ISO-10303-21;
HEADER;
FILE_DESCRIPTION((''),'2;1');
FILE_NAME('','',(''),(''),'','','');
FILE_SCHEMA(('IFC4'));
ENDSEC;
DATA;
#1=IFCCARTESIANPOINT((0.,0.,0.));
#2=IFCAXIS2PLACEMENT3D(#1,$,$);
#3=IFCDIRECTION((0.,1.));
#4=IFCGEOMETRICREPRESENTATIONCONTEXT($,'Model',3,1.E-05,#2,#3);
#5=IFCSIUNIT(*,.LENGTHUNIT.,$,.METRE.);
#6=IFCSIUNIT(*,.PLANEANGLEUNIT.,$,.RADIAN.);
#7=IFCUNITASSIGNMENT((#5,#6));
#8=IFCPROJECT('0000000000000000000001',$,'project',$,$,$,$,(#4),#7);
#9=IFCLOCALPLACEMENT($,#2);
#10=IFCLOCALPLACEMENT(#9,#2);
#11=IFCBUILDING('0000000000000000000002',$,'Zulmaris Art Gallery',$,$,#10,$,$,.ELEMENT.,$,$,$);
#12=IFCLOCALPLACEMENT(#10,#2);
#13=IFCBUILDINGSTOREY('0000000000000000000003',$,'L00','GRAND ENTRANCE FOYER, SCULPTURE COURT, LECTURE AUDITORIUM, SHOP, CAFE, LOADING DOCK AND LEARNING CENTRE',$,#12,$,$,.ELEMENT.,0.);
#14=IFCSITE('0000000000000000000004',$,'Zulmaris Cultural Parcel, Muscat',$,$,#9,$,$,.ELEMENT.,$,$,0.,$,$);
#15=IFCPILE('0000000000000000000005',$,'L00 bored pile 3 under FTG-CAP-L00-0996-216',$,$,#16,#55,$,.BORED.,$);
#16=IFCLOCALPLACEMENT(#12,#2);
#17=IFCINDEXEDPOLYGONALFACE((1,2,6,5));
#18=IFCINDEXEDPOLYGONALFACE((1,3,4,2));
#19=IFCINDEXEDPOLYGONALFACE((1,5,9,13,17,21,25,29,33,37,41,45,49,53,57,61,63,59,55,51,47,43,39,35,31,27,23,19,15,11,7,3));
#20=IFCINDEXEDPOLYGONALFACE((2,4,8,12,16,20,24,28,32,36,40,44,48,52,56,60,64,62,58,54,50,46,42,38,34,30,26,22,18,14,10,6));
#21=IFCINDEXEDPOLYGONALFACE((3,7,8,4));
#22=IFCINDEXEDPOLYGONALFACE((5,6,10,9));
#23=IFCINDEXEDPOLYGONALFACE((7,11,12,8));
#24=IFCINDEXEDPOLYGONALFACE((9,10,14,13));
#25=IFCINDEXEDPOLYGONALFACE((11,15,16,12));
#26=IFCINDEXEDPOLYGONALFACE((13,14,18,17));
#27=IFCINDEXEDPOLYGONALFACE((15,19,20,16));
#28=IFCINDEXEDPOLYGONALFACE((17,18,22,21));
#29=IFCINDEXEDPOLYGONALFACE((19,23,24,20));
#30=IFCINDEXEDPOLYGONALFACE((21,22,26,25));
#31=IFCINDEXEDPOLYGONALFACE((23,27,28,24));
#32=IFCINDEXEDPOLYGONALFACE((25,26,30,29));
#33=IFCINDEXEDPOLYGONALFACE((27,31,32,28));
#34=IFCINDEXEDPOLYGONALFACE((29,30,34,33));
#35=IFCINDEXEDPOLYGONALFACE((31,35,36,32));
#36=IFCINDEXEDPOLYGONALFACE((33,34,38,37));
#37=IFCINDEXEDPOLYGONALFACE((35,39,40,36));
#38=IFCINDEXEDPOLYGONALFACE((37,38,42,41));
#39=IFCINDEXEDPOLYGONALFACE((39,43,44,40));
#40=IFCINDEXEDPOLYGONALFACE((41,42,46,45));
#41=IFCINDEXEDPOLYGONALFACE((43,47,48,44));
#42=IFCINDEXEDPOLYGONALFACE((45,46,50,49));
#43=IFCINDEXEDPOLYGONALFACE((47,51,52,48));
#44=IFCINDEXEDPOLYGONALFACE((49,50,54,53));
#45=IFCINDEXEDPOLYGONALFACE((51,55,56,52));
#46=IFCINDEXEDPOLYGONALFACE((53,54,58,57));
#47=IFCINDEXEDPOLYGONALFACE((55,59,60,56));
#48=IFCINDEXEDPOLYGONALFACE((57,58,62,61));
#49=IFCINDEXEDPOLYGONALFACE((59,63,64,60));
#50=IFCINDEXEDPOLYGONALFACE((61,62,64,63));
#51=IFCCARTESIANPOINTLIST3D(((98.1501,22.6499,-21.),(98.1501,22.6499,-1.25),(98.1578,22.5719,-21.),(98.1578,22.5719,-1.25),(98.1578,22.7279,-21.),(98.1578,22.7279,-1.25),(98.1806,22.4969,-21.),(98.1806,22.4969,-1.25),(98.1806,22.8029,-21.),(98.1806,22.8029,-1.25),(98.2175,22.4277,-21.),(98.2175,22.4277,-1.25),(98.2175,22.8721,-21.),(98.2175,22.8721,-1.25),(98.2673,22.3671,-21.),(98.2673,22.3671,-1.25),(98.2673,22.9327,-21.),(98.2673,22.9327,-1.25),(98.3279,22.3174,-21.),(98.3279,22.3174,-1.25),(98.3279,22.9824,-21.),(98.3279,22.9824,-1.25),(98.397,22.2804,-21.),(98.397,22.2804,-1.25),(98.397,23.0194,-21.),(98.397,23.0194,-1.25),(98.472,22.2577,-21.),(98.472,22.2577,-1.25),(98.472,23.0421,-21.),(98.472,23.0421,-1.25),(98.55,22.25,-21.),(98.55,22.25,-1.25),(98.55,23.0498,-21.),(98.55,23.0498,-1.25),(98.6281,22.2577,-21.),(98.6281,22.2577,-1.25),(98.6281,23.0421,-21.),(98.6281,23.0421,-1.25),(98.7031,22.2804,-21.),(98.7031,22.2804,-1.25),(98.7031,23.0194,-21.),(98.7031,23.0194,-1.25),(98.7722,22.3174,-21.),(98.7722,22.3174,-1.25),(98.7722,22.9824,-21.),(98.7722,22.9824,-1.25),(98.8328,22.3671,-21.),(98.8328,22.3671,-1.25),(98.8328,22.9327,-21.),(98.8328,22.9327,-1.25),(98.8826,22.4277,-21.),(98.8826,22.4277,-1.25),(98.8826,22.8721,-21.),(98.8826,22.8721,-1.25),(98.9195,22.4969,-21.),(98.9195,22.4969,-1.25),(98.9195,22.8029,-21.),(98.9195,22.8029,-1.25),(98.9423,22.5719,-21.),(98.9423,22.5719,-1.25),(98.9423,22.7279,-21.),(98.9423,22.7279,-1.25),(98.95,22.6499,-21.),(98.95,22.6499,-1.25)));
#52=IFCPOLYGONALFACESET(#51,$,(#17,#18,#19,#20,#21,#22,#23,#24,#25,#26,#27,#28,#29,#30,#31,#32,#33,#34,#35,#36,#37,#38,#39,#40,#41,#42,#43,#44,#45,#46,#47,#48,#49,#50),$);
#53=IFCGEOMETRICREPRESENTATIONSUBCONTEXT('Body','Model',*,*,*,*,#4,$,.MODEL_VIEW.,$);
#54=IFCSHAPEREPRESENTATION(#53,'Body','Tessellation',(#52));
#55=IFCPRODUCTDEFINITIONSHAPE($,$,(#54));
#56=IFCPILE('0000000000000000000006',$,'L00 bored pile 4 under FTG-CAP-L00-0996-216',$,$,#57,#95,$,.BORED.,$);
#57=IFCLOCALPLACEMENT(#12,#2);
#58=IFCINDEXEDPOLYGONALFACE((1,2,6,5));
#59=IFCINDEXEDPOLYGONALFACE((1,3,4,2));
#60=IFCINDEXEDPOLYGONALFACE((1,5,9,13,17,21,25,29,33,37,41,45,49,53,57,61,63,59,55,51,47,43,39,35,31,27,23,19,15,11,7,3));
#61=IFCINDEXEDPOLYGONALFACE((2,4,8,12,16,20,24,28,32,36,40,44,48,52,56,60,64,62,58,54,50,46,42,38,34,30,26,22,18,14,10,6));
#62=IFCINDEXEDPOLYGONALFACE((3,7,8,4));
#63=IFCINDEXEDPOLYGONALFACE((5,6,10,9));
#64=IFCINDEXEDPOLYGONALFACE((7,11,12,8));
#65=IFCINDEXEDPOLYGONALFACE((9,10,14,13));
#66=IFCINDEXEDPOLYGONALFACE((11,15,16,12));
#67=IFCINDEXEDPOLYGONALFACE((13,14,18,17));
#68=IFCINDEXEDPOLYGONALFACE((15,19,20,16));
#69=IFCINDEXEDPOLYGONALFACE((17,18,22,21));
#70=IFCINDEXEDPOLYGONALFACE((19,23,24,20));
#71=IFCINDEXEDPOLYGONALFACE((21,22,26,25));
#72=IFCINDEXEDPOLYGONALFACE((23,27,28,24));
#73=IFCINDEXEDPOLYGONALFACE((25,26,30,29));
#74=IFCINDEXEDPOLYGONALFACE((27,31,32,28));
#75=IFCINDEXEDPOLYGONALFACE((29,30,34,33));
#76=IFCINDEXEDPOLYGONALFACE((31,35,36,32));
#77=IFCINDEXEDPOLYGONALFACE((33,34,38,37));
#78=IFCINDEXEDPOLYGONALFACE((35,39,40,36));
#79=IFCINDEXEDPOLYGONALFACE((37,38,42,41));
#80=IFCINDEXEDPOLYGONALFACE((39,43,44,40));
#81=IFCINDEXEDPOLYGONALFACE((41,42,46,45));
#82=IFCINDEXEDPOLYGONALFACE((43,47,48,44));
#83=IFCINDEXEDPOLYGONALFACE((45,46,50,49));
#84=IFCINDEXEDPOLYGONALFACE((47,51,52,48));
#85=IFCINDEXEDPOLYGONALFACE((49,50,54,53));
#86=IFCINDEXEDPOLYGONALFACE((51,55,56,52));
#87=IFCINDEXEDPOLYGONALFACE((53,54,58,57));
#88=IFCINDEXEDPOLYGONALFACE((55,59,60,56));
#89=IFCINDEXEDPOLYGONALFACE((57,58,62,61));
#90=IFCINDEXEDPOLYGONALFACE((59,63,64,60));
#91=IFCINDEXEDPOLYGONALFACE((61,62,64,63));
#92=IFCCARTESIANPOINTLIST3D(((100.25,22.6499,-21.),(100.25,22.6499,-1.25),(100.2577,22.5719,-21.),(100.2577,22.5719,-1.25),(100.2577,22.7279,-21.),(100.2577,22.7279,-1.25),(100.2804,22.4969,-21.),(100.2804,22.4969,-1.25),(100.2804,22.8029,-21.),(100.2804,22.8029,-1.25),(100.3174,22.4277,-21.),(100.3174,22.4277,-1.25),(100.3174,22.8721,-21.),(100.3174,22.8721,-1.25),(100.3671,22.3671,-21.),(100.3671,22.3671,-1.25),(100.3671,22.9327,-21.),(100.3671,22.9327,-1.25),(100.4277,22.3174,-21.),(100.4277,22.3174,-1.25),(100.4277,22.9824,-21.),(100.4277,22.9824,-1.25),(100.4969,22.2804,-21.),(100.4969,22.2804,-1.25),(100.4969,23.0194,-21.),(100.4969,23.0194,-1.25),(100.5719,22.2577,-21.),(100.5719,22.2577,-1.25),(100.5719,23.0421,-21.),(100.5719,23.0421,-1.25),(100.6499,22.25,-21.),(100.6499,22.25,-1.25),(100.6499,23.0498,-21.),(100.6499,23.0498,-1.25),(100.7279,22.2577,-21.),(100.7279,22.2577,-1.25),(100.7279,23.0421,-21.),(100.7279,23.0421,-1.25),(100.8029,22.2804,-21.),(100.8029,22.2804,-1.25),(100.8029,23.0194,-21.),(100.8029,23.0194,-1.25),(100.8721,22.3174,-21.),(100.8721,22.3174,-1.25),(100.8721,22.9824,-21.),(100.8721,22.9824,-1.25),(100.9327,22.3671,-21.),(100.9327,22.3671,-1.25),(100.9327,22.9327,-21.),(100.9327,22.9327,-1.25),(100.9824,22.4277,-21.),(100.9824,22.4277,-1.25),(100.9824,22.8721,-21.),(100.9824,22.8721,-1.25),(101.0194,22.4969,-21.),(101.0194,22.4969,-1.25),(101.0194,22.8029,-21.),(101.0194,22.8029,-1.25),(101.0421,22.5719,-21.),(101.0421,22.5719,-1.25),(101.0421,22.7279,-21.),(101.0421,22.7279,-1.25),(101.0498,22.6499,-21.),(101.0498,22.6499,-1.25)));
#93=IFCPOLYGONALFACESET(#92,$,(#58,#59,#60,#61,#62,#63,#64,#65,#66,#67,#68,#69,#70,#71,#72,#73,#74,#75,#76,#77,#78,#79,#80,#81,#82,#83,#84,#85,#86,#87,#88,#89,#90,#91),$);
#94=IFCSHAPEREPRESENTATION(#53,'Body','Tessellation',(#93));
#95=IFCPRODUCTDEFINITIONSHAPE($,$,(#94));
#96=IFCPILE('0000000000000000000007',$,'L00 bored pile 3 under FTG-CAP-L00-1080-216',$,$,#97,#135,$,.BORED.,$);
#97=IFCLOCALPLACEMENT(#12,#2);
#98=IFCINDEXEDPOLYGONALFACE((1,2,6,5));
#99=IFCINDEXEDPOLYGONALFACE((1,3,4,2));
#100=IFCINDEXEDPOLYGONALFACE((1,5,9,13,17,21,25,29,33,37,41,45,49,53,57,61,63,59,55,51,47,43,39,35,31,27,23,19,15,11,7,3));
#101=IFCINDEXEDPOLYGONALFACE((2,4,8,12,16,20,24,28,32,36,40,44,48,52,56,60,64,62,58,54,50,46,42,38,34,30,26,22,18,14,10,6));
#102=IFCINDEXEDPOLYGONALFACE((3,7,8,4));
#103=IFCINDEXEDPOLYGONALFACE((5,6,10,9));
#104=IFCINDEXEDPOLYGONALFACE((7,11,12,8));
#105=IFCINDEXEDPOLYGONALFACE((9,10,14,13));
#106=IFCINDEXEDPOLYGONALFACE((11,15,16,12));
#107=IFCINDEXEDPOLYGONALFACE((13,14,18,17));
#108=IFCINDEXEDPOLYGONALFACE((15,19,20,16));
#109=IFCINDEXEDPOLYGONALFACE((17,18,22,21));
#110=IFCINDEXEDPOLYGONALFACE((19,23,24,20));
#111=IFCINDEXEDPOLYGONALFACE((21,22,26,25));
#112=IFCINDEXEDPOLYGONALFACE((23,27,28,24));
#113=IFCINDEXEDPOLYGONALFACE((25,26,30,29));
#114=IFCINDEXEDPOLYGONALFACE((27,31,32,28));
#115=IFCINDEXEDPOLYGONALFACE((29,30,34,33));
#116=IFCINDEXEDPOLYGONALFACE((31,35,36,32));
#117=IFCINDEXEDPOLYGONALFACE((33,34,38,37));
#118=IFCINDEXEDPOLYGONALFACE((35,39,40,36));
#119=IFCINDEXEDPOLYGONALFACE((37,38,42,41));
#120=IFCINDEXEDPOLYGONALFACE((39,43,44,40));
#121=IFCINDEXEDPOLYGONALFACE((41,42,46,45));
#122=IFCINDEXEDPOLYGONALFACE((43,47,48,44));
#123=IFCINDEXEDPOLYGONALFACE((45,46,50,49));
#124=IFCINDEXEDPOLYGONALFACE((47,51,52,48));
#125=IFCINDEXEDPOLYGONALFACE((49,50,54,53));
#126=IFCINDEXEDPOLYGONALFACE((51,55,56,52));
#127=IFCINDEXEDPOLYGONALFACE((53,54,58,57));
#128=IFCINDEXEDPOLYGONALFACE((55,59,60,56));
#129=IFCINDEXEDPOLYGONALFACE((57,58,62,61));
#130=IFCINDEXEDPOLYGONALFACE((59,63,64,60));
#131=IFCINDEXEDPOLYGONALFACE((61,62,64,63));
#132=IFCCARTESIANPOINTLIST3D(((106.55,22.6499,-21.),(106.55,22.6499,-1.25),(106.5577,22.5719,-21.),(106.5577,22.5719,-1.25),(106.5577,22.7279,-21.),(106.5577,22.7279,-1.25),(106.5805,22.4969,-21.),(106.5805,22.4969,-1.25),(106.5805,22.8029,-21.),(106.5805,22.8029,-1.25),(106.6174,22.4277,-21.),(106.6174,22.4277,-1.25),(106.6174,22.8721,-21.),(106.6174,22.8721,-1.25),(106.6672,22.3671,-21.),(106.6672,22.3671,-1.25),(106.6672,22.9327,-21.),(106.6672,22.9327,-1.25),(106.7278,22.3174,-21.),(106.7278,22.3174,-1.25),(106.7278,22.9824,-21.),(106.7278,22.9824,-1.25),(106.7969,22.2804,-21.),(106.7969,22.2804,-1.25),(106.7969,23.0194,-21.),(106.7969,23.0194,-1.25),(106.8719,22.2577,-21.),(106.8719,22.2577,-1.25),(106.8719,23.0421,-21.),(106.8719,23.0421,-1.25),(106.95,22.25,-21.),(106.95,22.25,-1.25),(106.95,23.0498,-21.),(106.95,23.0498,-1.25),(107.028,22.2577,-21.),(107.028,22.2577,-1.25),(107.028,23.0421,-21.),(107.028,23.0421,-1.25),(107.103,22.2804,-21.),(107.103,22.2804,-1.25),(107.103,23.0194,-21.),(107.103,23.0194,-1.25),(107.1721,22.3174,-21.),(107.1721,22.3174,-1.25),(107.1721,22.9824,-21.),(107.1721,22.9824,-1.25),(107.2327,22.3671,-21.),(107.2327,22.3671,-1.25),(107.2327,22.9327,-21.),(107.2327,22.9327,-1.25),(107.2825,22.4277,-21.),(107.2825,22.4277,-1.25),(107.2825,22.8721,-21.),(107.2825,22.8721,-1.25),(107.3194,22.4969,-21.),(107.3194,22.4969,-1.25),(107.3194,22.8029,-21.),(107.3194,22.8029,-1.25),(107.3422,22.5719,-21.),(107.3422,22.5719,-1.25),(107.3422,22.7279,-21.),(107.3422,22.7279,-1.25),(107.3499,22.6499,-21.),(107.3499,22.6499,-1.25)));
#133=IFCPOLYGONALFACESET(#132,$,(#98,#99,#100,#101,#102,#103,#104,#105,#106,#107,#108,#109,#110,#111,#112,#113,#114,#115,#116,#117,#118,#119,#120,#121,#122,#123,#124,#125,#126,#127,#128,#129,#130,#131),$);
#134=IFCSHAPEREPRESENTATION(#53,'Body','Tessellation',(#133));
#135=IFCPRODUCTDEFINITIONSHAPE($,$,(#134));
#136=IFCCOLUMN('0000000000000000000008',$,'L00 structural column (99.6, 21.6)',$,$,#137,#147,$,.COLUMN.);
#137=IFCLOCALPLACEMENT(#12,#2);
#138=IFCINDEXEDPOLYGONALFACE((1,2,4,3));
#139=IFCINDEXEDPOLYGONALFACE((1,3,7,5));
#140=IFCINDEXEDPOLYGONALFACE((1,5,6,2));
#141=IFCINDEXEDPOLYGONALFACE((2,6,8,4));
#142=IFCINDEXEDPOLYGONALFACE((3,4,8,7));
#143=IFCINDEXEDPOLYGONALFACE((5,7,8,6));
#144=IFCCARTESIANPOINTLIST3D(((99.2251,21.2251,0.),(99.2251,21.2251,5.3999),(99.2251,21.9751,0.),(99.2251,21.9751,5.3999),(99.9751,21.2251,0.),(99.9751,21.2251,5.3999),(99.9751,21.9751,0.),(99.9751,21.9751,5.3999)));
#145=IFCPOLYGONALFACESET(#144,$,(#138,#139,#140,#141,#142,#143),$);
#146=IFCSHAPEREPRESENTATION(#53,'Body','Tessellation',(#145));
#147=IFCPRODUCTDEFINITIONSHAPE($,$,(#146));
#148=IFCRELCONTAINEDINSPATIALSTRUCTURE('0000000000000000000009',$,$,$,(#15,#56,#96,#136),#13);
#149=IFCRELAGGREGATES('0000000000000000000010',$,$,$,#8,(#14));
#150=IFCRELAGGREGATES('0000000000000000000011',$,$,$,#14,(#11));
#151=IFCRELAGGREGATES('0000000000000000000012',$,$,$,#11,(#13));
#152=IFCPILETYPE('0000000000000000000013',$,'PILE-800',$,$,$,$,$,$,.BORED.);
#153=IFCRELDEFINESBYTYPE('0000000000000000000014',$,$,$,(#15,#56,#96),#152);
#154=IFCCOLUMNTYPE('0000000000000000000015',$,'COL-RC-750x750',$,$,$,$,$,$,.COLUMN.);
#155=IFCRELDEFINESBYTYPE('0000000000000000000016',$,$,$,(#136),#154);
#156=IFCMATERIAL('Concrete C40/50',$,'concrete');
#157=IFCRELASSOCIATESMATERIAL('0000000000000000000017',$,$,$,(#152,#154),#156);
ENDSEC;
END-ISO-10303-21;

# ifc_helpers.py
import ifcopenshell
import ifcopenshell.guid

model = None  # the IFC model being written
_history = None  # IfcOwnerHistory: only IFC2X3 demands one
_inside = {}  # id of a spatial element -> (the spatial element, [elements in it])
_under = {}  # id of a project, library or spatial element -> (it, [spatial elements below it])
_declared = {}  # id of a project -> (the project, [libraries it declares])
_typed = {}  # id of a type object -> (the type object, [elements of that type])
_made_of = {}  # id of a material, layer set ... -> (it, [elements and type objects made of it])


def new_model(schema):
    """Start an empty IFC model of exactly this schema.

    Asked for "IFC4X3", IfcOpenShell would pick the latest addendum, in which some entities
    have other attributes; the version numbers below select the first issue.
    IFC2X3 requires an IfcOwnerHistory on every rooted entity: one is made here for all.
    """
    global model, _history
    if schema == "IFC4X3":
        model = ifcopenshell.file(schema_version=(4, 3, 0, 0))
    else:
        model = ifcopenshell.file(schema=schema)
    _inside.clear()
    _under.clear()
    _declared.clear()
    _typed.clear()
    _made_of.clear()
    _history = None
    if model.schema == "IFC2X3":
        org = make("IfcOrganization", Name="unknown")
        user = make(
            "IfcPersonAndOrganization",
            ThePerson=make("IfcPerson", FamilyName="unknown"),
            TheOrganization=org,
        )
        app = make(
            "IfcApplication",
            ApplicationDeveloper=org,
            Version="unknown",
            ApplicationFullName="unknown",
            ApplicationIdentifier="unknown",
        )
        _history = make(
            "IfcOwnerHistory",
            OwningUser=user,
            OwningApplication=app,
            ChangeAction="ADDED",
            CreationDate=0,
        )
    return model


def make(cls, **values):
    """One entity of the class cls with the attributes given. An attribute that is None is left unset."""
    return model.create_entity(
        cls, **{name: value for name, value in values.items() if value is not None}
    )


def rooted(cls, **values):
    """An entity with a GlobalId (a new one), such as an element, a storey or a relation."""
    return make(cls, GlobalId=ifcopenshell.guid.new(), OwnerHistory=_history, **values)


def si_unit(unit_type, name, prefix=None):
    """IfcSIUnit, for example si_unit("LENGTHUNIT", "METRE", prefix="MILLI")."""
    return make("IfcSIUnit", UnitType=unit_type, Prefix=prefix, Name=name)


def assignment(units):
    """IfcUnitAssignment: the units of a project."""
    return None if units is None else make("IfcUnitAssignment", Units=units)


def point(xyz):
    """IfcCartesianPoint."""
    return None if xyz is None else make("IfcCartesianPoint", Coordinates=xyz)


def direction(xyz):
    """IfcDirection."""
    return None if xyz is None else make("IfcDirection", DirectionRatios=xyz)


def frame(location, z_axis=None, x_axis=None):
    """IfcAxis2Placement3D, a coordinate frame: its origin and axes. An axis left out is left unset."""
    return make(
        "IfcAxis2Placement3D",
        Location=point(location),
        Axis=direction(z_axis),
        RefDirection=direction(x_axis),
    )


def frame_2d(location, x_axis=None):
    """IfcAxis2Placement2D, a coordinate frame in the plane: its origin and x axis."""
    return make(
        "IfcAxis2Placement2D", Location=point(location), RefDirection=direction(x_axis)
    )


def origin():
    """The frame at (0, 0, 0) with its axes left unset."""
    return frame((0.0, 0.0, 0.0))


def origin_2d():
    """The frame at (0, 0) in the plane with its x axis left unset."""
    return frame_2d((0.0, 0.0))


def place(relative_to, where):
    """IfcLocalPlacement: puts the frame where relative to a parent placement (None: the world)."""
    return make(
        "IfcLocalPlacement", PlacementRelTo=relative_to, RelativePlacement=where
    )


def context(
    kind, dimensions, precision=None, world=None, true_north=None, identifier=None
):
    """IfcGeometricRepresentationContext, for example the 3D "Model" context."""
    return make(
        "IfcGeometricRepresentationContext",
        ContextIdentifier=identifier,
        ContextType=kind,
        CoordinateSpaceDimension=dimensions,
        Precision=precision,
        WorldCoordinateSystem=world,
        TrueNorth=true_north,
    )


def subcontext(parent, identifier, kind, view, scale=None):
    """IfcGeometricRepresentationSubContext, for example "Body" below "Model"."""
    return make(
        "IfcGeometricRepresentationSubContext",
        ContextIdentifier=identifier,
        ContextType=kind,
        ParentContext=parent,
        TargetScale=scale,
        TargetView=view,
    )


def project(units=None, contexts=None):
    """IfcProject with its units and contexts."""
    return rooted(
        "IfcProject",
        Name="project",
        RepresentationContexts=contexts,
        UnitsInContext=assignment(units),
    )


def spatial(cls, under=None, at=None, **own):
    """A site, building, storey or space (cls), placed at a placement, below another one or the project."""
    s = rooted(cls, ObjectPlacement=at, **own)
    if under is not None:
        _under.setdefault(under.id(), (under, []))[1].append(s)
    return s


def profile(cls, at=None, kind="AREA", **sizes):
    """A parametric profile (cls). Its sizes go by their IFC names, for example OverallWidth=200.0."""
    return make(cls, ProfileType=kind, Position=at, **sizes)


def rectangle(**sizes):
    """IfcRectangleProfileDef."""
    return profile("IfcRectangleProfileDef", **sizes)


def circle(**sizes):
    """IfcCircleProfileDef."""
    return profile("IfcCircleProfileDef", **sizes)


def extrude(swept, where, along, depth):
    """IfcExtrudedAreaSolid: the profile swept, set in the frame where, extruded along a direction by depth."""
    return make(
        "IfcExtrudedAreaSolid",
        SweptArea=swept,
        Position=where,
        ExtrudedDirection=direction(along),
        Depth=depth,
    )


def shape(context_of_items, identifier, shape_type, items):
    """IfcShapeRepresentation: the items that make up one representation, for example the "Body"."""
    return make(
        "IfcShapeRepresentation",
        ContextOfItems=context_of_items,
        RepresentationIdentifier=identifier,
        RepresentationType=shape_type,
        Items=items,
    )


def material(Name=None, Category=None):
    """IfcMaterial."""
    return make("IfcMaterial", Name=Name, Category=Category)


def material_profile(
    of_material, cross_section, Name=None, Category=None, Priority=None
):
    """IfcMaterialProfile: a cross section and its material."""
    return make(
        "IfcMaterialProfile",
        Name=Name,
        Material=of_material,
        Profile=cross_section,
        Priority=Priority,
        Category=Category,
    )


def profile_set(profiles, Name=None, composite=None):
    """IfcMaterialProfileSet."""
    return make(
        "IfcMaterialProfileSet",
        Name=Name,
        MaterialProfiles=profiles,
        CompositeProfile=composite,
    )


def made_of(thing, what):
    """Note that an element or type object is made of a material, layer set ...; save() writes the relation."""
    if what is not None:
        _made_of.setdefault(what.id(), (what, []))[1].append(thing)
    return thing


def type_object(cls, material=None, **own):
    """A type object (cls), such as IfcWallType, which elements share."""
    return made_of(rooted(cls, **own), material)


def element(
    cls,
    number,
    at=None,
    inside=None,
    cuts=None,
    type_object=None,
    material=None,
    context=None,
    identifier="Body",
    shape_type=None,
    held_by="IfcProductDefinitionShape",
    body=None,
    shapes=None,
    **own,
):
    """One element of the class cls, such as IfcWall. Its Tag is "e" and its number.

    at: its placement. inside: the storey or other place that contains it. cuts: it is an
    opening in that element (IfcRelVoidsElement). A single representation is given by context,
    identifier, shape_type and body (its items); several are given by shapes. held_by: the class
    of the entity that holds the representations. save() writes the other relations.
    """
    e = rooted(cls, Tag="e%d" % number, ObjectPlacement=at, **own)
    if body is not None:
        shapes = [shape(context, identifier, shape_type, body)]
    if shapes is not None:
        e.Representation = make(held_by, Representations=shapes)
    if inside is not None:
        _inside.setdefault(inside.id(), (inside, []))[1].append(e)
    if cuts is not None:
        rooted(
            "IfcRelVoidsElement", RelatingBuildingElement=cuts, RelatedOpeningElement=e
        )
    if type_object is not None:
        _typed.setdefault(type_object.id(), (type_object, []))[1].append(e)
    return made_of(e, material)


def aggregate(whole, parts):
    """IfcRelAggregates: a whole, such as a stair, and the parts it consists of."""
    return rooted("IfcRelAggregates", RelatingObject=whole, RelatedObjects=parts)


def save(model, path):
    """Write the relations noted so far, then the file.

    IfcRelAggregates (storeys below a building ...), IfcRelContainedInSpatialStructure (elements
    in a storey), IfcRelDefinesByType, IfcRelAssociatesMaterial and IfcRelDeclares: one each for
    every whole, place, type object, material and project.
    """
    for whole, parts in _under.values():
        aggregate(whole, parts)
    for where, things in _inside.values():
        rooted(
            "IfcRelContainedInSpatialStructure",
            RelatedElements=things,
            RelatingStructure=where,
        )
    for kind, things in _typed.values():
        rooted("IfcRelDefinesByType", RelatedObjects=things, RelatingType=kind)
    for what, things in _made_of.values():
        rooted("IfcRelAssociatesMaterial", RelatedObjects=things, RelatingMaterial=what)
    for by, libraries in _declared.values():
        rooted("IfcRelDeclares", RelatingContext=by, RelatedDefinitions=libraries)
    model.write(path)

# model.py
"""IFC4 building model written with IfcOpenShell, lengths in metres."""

from ifc_helpers import new_model, si_unit, direction, frame, origin, origin_2d, place, context, subcontext, project, spatial, rectangle, circle, extrude, material, material_profile, profile_set, type_object, element, save


model = new_model("IFC4")

# Units and contexts
model_context = context("Model", 3, precision=1e-05, world=origin(), true_north=direction((0.0, 1.0)))
body_context = subcontext(model_context, "Body", "Model", "MODEL_VIEW")
ifc_project = project(units=[si_unit("LENGTHUNIT", "METRE"), si_unit("PLANEANGLEUNIT", "RADIAN")], contexts=[model_context])

# Site, building, storey
site_placement = place(None, origin())
site = spatial("IfcSite", under=ifc_project, at=site_placement, Name="Zulmaris Cultural Parcel, Muscat", CompositionType="ELEMENT", RefElevation=0.0)
building_placement = place(site_placement, origin())
building = spatial("IfcBuilding", under=site, at=building_placement, Name="Zulmaris Art Gallery", CompositionType="ELEMENT")
storey_placement = place(building_placement, origin())
storey = spatial("IfcBuildingStorey", under=building, at=storey_placement, Name="L00", Description="GRAND ENTRANCE FOYER, SCULPTURE COURT, LECTURE AUDITORIUM, SHOP, CAFE, LOADING DOCK AND LEARNING CENTRE", CompositionType="ELEMENT", Elevation=0.0)

# Piles
ifc_material_1 = material(Name="Concrete C40/50", Category="concrete")
ifc_material_profile_1 = material_profile(ifc_material_1, circle(Radius=0.3999, at=origin_2d()), Name="PILE DIA 800")
ifc_profile_set_1 = profile_set([ifc_material_profile_1], Name="Concrete C40/50")
pile_type = type_object("IfcPileType", Name="PILE-800", PredefinedType="BORED", material=ifc_profile_set_1)
for number, where, z_axis, x_axis, name in (
    (1, (98.55, 22.6499, -1.25), (0.0, 0.0, -1.0), (1.0, 0.0, 0.0), "L00 bored pile 3 under FTG-CAP-L00-0996-216"),
    (2, (100.6499, 22.6499, -1.25), (0.0, 0.0, -1.0), (1.0, 0.0, 0.0), "L00 bored pile 4 under FTG-CAP-L00-0996-216"),
    (3, (106.95, 22.6499, -1.25), (0.0, 0.0, -1.0), (1.0, 0.0, 0.0), "L00 bored pile 3 under FTG-CAP-L00-1080-216"),
):
    element("IfcPile", number, at=place(storey_placement, frame(where, z_axis=z_axis, x_axis=x_axis)), inside=storey, type_object=pile_type, Name=name, PredefinedType="BORED", context=body_context, shape_type="SweptSolid", body=[
        extrude(circle(Radius=0.3999, at=origin_2d()), origin(), (0.0, 0.0, 1.0), 19.75),
    ])

# Column
ifc_material_profile_2 = material_profile(ifc_material_1, rectangle(XDim=0.75, YDim=0.75, at=origin_2d()), Name="RC 750x750")
ifc_profile_set_2 = profile_set([ifc_material_profile_2], Name="Concrete C40/50")
column_type = type_object("IfcColumnType", Name="COL-RC-750x750", PredefinedType="COLUMN", material=ifc_profile_set_2)
column_placement = place(storey_placement, frame((99.6001, 21.6001, 0.0), z_axis=(0.0, 0.0, 1.0), x_axis=(1.0, 0.0, 0.0)))
element("IfcColumn", 4, at=column_placement, inside=storey, type_object=column_type, Name="L00 structural column (99.6, 21.6)", PredefinedType="COLUMN", context=body_context, shape_type="SweptSolid", body=[
    extrude(rectangle(XDim=0.75, YDim=0.75, at=origin_2d()), origin(), (0.0, 0.0, 1.0), 5.3999),
])

save(model, "model.ifc")
